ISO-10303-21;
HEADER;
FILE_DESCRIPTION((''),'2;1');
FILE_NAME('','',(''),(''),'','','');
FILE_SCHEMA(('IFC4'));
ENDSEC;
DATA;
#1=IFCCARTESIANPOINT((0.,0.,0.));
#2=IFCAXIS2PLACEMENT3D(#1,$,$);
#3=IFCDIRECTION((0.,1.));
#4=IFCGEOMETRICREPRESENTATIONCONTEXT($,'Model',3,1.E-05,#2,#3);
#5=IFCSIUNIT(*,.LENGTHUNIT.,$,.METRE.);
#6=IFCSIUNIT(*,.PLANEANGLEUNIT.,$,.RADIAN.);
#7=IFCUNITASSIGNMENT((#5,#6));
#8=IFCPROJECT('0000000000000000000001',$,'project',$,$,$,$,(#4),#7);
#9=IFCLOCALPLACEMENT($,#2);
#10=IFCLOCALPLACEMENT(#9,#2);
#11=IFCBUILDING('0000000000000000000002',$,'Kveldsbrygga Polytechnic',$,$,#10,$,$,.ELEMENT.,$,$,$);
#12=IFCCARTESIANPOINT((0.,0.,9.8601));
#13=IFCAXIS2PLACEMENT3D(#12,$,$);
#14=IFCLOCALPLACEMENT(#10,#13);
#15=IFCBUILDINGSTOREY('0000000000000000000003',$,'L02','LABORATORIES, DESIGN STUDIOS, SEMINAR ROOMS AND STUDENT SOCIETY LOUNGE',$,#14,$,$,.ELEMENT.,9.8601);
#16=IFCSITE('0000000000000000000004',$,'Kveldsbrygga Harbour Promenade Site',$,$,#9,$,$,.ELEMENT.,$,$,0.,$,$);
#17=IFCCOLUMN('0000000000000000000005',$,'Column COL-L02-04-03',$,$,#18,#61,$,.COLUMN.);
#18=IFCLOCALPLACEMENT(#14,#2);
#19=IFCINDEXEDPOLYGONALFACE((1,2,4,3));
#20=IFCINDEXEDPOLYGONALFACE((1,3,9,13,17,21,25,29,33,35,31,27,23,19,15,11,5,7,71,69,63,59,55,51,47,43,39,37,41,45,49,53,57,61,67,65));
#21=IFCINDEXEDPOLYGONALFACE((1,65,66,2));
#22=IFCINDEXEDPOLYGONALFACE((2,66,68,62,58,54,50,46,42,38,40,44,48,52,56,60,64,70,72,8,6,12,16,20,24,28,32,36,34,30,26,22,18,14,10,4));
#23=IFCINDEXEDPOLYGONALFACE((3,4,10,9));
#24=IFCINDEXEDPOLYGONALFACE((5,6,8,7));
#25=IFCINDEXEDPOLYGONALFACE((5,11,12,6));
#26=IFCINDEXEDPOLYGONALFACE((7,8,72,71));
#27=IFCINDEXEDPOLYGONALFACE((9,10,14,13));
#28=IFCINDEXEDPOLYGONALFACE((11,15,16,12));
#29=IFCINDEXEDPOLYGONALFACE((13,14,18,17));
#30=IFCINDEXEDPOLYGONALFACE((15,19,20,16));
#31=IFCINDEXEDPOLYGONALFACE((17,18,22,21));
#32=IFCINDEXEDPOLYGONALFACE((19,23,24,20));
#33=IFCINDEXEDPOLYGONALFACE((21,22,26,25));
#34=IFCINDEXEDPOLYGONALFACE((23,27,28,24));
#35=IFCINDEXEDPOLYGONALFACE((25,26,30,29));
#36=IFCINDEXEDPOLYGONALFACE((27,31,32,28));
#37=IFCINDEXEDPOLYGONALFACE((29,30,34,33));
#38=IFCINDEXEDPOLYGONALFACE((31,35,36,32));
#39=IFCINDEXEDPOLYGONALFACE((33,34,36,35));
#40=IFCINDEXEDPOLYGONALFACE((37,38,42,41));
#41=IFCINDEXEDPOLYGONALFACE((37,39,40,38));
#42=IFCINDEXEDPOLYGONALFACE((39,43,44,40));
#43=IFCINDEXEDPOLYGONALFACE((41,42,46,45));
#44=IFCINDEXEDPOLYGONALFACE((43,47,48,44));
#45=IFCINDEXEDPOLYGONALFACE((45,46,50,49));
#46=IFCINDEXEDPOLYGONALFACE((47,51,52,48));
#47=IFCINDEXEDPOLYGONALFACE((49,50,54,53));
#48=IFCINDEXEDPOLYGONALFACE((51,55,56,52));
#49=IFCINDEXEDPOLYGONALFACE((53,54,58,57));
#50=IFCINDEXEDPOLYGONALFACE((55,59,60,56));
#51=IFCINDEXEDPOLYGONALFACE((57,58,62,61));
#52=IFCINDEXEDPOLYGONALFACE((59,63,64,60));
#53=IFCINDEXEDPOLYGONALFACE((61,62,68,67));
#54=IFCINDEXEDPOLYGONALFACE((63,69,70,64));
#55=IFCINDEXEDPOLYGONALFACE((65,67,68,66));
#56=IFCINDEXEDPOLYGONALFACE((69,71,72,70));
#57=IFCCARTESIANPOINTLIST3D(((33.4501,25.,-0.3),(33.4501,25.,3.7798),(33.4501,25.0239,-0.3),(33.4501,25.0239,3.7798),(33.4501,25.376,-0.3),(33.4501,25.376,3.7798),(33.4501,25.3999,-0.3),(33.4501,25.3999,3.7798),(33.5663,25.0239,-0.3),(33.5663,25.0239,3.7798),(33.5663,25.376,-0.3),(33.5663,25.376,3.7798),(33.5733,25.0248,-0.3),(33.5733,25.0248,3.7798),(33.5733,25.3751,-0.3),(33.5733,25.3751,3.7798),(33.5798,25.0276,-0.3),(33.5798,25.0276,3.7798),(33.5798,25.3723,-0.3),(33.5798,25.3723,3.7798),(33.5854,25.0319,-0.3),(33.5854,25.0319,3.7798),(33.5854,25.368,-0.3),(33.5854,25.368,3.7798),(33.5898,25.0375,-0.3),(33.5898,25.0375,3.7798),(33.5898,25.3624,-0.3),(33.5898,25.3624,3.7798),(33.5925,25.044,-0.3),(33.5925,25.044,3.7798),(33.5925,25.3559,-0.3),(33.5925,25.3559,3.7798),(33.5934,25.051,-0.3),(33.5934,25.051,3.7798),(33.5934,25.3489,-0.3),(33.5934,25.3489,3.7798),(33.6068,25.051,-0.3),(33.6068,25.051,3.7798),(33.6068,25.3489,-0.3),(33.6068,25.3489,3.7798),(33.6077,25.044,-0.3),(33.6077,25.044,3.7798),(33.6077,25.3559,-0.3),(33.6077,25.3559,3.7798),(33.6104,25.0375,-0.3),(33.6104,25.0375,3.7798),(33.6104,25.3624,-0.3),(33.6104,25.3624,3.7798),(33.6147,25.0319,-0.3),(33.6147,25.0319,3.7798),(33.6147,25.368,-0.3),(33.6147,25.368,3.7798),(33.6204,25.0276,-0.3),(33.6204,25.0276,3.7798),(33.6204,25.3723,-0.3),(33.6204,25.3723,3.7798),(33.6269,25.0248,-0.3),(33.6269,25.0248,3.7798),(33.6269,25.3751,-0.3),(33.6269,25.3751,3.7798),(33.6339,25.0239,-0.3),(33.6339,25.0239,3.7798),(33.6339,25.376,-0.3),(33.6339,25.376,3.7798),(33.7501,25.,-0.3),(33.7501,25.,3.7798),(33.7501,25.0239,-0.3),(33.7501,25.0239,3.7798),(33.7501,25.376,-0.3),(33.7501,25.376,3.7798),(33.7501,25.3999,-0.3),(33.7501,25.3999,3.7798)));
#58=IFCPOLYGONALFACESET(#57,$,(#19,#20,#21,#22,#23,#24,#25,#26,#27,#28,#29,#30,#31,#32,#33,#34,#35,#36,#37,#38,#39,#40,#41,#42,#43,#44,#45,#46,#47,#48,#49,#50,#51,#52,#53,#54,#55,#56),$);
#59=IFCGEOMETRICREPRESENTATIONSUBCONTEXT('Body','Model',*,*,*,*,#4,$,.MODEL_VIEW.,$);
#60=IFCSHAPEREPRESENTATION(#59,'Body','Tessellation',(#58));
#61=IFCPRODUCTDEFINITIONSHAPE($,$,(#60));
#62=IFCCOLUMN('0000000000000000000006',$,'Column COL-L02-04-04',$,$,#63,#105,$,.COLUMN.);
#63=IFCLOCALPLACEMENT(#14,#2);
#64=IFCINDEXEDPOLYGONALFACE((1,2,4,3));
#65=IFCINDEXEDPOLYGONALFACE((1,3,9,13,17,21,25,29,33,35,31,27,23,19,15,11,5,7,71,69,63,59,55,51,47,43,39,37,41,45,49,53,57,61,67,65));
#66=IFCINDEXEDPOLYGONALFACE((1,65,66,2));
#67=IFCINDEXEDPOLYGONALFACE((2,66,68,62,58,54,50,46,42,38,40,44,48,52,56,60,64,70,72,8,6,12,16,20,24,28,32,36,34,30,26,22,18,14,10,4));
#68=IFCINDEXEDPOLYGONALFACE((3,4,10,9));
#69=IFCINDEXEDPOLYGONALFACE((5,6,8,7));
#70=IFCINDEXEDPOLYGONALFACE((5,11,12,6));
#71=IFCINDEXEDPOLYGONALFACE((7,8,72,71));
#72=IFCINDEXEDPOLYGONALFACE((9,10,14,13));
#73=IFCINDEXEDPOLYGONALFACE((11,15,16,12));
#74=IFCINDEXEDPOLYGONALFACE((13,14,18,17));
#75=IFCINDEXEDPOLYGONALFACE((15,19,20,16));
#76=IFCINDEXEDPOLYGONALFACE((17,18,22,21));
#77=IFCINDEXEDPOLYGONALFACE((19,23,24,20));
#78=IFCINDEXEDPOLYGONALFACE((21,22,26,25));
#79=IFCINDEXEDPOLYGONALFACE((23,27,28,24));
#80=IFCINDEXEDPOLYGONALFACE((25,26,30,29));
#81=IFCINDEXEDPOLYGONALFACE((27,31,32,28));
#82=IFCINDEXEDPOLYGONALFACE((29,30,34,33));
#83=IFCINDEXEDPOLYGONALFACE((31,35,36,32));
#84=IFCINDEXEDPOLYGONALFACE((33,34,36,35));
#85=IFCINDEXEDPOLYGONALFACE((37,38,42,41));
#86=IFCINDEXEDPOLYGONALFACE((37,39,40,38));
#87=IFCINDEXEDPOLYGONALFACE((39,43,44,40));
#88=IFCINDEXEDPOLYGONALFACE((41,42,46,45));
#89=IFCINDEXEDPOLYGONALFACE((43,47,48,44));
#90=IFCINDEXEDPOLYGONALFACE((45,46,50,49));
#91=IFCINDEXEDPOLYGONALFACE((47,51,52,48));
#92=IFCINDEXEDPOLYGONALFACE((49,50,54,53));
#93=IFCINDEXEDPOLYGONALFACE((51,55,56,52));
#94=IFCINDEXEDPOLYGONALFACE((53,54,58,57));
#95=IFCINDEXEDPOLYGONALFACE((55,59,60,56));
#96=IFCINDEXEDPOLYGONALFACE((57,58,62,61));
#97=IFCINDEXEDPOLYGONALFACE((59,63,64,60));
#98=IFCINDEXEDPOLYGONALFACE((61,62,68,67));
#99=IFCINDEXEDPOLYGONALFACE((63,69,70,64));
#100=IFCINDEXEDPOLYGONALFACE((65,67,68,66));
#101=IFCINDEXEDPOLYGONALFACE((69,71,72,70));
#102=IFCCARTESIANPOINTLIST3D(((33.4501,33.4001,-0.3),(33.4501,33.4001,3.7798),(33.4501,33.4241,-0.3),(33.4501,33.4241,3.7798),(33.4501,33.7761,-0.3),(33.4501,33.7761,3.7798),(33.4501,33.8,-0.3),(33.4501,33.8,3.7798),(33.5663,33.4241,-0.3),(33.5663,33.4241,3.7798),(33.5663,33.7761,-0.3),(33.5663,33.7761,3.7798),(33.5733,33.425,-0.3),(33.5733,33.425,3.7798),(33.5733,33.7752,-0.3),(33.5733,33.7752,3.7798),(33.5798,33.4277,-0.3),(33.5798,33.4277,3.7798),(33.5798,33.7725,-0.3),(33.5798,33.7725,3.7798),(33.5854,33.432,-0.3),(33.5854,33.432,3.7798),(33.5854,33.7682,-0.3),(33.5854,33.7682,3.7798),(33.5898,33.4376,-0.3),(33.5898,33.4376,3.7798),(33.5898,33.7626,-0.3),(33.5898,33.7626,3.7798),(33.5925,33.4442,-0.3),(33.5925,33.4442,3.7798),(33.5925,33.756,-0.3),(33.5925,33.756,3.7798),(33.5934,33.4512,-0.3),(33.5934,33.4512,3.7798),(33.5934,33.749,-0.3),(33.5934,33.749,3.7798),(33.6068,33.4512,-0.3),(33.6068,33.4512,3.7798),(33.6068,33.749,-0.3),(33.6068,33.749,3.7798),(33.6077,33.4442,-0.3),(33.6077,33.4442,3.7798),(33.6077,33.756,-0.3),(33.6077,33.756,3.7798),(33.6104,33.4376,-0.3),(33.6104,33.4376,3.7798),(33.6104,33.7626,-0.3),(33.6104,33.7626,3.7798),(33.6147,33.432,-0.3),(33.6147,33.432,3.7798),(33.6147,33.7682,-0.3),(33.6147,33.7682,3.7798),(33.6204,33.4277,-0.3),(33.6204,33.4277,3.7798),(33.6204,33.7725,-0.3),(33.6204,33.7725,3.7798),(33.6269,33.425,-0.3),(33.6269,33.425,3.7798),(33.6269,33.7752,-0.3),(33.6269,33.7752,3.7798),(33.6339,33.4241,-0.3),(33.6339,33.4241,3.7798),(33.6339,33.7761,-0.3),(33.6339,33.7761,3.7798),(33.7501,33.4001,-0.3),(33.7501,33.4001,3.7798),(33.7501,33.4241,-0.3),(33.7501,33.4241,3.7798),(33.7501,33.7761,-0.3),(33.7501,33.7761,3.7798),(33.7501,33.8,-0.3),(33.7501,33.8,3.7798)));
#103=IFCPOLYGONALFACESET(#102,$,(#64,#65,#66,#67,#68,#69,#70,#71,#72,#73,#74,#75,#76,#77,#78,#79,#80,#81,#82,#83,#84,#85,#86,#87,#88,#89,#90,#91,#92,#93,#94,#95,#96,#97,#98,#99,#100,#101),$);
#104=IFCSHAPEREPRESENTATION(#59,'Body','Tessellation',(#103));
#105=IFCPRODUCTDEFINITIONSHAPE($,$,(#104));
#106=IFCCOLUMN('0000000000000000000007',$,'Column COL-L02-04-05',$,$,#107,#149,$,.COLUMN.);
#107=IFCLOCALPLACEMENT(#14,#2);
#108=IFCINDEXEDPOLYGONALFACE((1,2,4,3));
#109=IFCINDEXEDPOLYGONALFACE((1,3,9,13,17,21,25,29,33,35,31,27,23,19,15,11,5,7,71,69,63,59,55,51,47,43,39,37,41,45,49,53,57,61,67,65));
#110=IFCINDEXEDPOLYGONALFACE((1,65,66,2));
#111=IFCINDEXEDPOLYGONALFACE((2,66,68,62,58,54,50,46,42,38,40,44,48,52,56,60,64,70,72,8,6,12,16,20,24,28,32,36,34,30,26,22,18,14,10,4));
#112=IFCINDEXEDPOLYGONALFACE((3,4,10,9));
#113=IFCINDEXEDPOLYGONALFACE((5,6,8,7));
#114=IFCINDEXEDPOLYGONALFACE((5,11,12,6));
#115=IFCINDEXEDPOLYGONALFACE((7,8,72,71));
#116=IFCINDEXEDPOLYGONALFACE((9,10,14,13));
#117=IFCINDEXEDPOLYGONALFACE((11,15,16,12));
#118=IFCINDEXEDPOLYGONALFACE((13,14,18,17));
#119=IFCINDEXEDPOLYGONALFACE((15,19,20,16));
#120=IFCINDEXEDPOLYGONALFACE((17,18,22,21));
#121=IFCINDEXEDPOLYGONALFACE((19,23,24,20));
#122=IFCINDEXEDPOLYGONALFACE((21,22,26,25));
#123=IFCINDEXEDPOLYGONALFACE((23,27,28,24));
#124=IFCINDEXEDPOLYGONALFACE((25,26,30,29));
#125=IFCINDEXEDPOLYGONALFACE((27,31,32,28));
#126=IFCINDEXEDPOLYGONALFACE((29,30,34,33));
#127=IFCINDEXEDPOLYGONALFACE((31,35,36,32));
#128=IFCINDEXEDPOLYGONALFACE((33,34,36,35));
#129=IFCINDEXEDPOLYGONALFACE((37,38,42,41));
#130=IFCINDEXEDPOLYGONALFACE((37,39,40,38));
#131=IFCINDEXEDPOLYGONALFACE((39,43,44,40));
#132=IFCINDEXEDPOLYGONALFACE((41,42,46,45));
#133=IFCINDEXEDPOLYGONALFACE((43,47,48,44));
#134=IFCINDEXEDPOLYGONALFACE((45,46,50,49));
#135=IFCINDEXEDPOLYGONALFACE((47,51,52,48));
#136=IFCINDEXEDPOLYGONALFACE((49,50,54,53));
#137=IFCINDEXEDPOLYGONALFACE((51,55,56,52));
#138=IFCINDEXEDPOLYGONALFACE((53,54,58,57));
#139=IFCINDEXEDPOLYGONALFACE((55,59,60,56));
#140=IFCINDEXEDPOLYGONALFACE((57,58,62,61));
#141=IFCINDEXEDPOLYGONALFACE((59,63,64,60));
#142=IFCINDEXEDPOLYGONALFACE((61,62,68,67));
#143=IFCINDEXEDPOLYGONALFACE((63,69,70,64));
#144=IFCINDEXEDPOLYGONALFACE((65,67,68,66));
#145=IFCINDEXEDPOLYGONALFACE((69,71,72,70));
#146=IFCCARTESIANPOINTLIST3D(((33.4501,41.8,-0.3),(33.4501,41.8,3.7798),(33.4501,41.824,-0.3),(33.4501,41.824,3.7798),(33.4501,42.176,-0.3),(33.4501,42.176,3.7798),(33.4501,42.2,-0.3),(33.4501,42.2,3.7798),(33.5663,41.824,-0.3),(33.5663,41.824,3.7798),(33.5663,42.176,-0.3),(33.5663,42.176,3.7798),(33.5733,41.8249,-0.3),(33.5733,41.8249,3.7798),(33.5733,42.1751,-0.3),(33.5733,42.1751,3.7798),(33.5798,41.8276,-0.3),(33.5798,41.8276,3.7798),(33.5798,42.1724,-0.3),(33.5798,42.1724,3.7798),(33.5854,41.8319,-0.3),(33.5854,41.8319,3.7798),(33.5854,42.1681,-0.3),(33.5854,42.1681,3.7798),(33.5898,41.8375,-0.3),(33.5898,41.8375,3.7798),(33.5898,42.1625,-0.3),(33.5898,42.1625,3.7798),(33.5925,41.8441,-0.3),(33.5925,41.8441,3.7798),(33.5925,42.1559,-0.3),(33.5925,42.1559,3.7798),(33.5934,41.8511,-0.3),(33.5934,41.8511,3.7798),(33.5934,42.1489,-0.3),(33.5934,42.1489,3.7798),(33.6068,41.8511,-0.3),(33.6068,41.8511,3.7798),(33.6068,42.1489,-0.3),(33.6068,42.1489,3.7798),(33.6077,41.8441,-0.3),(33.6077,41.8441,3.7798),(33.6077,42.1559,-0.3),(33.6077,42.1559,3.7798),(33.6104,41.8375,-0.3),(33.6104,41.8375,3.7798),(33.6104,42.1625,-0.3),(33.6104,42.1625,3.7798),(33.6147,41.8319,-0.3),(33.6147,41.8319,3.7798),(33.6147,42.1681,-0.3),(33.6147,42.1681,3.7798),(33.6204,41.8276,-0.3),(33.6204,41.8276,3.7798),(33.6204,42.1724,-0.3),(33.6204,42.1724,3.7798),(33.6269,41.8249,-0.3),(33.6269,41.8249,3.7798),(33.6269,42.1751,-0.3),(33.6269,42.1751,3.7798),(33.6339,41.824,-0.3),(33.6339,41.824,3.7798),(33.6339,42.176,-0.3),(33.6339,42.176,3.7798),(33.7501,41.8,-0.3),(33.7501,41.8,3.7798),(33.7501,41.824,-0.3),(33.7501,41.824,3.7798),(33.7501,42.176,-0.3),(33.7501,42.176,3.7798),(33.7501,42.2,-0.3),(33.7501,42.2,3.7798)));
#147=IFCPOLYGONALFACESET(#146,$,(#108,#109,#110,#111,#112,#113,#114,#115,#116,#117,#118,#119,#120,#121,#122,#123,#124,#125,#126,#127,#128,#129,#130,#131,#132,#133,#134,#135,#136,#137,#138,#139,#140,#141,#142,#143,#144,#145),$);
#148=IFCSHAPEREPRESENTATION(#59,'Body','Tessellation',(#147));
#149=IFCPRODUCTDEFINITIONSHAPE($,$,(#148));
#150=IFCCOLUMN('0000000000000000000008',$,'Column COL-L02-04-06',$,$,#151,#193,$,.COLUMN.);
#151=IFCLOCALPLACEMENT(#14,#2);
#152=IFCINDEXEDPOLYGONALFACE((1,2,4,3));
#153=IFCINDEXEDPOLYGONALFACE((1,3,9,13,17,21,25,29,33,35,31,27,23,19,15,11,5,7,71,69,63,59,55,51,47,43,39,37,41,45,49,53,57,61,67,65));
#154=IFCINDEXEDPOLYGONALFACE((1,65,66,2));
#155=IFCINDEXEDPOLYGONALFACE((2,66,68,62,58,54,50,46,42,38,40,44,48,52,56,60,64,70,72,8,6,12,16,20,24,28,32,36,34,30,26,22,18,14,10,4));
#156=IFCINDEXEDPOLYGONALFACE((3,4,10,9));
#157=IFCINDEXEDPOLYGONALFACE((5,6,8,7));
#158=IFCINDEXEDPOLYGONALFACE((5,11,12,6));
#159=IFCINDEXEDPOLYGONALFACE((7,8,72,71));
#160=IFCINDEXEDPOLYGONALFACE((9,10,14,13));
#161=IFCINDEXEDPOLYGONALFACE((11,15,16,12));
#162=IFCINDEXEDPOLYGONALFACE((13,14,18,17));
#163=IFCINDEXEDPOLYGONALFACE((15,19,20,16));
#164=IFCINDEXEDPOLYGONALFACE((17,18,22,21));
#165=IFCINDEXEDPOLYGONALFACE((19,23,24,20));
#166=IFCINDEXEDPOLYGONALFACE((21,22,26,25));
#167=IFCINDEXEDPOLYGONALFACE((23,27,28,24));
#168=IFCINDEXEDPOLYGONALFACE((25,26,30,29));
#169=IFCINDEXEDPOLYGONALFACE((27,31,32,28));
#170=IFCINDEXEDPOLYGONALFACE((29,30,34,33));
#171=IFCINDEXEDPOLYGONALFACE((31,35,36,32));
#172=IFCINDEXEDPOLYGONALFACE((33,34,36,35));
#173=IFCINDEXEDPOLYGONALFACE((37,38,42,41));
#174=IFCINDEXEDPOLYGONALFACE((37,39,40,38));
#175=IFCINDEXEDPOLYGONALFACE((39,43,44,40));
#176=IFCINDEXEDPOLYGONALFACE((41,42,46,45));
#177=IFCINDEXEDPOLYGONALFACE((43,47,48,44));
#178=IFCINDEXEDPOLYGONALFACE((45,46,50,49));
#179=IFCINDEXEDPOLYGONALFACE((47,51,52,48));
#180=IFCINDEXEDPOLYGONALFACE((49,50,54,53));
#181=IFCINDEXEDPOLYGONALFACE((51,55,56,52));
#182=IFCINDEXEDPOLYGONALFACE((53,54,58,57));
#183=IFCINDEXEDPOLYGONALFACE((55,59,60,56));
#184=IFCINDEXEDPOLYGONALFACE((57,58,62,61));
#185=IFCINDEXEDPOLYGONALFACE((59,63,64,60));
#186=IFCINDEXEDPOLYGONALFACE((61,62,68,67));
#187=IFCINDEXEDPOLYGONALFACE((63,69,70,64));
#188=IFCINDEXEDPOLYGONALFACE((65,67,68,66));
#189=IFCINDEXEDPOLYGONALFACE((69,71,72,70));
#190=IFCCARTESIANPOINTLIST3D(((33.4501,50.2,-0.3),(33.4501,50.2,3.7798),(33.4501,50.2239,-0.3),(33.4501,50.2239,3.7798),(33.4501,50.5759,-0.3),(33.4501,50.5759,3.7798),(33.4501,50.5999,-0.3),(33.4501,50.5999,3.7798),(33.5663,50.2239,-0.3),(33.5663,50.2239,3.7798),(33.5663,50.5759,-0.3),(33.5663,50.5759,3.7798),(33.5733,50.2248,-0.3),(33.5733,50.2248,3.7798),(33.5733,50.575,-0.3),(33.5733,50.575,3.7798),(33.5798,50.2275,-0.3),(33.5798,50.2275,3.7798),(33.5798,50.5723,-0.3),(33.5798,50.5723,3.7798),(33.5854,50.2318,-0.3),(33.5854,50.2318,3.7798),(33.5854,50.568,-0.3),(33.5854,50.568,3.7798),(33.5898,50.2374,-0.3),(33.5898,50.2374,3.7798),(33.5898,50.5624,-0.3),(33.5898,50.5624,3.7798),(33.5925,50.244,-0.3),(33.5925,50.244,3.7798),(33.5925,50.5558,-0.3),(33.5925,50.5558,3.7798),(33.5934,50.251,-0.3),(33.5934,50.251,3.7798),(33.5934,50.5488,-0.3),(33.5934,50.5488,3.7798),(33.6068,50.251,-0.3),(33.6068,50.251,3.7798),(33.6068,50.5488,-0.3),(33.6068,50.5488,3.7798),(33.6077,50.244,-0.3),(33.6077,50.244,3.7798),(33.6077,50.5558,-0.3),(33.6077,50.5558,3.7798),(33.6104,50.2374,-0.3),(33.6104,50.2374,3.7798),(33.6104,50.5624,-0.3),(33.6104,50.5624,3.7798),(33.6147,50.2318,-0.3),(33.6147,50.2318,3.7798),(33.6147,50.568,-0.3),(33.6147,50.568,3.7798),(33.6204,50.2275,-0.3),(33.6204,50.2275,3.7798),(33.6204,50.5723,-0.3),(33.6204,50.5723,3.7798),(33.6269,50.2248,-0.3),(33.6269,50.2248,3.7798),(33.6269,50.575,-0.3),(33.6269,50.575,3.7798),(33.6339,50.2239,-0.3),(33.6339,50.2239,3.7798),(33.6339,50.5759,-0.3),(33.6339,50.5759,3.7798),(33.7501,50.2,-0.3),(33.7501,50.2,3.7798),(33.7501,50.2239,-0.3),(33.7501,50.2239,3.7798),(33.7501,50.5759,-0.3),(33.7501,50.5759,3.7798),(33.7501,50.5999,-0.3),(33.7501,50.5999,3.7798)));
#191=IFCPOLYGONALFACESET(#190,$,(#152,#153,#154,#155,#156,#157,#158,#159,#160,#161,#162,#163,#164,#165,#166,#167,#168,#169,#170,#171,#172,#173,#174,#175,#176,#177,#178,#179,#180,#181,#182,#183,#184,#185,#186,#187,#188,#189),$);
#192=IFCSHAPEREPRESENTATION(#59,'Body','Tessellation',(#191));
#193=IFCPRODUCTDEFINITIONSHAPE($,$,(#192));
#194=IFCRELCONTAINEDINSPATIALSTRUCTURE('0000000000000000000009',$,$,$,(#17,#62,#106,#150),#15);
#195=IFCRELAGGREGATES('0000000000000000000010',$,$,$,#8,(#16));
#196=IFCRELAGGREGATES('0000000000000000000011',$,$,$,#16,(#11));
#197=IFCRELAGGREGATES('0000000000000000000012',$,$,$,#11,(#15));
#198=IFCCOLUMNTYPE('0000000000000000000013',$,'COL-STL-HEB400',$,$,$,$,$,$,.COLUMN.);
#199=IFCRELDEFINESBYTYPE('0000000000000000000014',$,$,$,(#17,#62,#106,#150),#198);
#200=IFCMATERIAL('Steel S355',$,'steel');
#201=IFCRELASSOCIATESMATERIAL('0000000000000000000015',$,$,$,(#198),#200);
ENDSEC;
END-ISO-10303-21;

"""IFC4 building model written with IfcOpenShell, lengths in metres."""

from ifc_helpers import new_model, si_unit, direction, frame, origin, origin_2d, place, context, subcontext, project, spatial, i_section, extrude, material, material_profile, profile_set, type_object, element, save


model = new_model("IFC4")

# Units and contexts
model_context = context("Model", 3, precision=1e-05, world=origin(), true_north=direction((0.0, 1.0)))
body_context = subcontext(model_context, "Body", "Model", "MODEL_VIEW")
ifc_project = project(units=[si_unit("LENGTHUNIT", "METRE"), si_unit("PLANEANGLEUNIT", "RADIAN")], contexts=[model_context])

# Site, building, storey
site_placement = place(None, origin())
site = spatial("IfcSite", under=ifc_project, at=site_placement, Name="Kveldsbrygga Harbour Promenade Site", CompositionType="ELEMENT", RefElevation=0.0)
building_placement = place(site_placement, origin())
building = spatial("IfcBuilding", under=site, at=building_placement, Name="Kveldsbrygga Polytechnic", CompositionType="ELEMENT")
storey_placement = place(building_placement, frame((0.0, 0.0, 9.8601)))
storey = spatial("IfcBuildingStorey", under=building, at=storey_placement, Name="L02", Description="LABORATORIES, DESIGN STUDIOS, SEMINAR ROOMS AND STUDENT SOCIETY LOUNGE", CompositionType="ELEMENT", Elevation=9.8601)

# Columns
ifc_material_1 = material(Name="Steel S355", Category="steel")
ifc_material_profile_1 = material_profile(ifc_material_1, i_section(OverallWidth=0.3, OverallDepth=0.3999, WebThickness=0.0134, FlangeThickness=0.0239, FilletRadius=0.0271, at=origin_2d()), Name="HEB 400")
ifc_profile_set_1 = profile_set([ifc_material_profile_1], Name="Steel S355")
column_type = type_object("IfcColumnType", Name="COL-STL-HEB400", PredefinedType="COLUMN", material=ifc_profile_set_1)
for number, where, z_axis, x_axis, name in (
    (1, (33.6001, 25.2, -0.3), (0.0, 0.0, 1.0), (1.0, 0.0, 0.0), "Column COL-L02-04-03"),
    (2, (33.6001, 33.6001, -0.3), (0.0, 0.0, 1.0), (1.0, 0.0, 0.0), "Column COL-L02-04-04"),
    (3, (33.6001, 42.0, -0.3), (0.0, 0.0, 1.0), (1.0, 0.0, 0.0), "Column COL-L02-04-05"),
    (4, (33.6001, 50.3999, -0.3), (0.0, 0.0, 1.0), (1.0, 0.0, 0.0), "Column COL-L02-04-06"),
):
    element("IfcColumn", number, at=place(storey_placement, frame(where, z_axis=z_axis, x_axis=x_axis)), inside=storey, type_object=column_type, Name=name, PredefinedType="COLUMN", context=body_context, shape_type="SweptSolid", body=[
        extrude(i_section(OverallWidth=0.3, OverallDepth=0.3999, WebThickness=0.0134, FlangeThickness=0.0239, FilletRadius=0.0271, at=origin_2d()), origin(), (0.0, 0.0, 1.0), 4.0798),
    ])

save(model, "model.ifc")
